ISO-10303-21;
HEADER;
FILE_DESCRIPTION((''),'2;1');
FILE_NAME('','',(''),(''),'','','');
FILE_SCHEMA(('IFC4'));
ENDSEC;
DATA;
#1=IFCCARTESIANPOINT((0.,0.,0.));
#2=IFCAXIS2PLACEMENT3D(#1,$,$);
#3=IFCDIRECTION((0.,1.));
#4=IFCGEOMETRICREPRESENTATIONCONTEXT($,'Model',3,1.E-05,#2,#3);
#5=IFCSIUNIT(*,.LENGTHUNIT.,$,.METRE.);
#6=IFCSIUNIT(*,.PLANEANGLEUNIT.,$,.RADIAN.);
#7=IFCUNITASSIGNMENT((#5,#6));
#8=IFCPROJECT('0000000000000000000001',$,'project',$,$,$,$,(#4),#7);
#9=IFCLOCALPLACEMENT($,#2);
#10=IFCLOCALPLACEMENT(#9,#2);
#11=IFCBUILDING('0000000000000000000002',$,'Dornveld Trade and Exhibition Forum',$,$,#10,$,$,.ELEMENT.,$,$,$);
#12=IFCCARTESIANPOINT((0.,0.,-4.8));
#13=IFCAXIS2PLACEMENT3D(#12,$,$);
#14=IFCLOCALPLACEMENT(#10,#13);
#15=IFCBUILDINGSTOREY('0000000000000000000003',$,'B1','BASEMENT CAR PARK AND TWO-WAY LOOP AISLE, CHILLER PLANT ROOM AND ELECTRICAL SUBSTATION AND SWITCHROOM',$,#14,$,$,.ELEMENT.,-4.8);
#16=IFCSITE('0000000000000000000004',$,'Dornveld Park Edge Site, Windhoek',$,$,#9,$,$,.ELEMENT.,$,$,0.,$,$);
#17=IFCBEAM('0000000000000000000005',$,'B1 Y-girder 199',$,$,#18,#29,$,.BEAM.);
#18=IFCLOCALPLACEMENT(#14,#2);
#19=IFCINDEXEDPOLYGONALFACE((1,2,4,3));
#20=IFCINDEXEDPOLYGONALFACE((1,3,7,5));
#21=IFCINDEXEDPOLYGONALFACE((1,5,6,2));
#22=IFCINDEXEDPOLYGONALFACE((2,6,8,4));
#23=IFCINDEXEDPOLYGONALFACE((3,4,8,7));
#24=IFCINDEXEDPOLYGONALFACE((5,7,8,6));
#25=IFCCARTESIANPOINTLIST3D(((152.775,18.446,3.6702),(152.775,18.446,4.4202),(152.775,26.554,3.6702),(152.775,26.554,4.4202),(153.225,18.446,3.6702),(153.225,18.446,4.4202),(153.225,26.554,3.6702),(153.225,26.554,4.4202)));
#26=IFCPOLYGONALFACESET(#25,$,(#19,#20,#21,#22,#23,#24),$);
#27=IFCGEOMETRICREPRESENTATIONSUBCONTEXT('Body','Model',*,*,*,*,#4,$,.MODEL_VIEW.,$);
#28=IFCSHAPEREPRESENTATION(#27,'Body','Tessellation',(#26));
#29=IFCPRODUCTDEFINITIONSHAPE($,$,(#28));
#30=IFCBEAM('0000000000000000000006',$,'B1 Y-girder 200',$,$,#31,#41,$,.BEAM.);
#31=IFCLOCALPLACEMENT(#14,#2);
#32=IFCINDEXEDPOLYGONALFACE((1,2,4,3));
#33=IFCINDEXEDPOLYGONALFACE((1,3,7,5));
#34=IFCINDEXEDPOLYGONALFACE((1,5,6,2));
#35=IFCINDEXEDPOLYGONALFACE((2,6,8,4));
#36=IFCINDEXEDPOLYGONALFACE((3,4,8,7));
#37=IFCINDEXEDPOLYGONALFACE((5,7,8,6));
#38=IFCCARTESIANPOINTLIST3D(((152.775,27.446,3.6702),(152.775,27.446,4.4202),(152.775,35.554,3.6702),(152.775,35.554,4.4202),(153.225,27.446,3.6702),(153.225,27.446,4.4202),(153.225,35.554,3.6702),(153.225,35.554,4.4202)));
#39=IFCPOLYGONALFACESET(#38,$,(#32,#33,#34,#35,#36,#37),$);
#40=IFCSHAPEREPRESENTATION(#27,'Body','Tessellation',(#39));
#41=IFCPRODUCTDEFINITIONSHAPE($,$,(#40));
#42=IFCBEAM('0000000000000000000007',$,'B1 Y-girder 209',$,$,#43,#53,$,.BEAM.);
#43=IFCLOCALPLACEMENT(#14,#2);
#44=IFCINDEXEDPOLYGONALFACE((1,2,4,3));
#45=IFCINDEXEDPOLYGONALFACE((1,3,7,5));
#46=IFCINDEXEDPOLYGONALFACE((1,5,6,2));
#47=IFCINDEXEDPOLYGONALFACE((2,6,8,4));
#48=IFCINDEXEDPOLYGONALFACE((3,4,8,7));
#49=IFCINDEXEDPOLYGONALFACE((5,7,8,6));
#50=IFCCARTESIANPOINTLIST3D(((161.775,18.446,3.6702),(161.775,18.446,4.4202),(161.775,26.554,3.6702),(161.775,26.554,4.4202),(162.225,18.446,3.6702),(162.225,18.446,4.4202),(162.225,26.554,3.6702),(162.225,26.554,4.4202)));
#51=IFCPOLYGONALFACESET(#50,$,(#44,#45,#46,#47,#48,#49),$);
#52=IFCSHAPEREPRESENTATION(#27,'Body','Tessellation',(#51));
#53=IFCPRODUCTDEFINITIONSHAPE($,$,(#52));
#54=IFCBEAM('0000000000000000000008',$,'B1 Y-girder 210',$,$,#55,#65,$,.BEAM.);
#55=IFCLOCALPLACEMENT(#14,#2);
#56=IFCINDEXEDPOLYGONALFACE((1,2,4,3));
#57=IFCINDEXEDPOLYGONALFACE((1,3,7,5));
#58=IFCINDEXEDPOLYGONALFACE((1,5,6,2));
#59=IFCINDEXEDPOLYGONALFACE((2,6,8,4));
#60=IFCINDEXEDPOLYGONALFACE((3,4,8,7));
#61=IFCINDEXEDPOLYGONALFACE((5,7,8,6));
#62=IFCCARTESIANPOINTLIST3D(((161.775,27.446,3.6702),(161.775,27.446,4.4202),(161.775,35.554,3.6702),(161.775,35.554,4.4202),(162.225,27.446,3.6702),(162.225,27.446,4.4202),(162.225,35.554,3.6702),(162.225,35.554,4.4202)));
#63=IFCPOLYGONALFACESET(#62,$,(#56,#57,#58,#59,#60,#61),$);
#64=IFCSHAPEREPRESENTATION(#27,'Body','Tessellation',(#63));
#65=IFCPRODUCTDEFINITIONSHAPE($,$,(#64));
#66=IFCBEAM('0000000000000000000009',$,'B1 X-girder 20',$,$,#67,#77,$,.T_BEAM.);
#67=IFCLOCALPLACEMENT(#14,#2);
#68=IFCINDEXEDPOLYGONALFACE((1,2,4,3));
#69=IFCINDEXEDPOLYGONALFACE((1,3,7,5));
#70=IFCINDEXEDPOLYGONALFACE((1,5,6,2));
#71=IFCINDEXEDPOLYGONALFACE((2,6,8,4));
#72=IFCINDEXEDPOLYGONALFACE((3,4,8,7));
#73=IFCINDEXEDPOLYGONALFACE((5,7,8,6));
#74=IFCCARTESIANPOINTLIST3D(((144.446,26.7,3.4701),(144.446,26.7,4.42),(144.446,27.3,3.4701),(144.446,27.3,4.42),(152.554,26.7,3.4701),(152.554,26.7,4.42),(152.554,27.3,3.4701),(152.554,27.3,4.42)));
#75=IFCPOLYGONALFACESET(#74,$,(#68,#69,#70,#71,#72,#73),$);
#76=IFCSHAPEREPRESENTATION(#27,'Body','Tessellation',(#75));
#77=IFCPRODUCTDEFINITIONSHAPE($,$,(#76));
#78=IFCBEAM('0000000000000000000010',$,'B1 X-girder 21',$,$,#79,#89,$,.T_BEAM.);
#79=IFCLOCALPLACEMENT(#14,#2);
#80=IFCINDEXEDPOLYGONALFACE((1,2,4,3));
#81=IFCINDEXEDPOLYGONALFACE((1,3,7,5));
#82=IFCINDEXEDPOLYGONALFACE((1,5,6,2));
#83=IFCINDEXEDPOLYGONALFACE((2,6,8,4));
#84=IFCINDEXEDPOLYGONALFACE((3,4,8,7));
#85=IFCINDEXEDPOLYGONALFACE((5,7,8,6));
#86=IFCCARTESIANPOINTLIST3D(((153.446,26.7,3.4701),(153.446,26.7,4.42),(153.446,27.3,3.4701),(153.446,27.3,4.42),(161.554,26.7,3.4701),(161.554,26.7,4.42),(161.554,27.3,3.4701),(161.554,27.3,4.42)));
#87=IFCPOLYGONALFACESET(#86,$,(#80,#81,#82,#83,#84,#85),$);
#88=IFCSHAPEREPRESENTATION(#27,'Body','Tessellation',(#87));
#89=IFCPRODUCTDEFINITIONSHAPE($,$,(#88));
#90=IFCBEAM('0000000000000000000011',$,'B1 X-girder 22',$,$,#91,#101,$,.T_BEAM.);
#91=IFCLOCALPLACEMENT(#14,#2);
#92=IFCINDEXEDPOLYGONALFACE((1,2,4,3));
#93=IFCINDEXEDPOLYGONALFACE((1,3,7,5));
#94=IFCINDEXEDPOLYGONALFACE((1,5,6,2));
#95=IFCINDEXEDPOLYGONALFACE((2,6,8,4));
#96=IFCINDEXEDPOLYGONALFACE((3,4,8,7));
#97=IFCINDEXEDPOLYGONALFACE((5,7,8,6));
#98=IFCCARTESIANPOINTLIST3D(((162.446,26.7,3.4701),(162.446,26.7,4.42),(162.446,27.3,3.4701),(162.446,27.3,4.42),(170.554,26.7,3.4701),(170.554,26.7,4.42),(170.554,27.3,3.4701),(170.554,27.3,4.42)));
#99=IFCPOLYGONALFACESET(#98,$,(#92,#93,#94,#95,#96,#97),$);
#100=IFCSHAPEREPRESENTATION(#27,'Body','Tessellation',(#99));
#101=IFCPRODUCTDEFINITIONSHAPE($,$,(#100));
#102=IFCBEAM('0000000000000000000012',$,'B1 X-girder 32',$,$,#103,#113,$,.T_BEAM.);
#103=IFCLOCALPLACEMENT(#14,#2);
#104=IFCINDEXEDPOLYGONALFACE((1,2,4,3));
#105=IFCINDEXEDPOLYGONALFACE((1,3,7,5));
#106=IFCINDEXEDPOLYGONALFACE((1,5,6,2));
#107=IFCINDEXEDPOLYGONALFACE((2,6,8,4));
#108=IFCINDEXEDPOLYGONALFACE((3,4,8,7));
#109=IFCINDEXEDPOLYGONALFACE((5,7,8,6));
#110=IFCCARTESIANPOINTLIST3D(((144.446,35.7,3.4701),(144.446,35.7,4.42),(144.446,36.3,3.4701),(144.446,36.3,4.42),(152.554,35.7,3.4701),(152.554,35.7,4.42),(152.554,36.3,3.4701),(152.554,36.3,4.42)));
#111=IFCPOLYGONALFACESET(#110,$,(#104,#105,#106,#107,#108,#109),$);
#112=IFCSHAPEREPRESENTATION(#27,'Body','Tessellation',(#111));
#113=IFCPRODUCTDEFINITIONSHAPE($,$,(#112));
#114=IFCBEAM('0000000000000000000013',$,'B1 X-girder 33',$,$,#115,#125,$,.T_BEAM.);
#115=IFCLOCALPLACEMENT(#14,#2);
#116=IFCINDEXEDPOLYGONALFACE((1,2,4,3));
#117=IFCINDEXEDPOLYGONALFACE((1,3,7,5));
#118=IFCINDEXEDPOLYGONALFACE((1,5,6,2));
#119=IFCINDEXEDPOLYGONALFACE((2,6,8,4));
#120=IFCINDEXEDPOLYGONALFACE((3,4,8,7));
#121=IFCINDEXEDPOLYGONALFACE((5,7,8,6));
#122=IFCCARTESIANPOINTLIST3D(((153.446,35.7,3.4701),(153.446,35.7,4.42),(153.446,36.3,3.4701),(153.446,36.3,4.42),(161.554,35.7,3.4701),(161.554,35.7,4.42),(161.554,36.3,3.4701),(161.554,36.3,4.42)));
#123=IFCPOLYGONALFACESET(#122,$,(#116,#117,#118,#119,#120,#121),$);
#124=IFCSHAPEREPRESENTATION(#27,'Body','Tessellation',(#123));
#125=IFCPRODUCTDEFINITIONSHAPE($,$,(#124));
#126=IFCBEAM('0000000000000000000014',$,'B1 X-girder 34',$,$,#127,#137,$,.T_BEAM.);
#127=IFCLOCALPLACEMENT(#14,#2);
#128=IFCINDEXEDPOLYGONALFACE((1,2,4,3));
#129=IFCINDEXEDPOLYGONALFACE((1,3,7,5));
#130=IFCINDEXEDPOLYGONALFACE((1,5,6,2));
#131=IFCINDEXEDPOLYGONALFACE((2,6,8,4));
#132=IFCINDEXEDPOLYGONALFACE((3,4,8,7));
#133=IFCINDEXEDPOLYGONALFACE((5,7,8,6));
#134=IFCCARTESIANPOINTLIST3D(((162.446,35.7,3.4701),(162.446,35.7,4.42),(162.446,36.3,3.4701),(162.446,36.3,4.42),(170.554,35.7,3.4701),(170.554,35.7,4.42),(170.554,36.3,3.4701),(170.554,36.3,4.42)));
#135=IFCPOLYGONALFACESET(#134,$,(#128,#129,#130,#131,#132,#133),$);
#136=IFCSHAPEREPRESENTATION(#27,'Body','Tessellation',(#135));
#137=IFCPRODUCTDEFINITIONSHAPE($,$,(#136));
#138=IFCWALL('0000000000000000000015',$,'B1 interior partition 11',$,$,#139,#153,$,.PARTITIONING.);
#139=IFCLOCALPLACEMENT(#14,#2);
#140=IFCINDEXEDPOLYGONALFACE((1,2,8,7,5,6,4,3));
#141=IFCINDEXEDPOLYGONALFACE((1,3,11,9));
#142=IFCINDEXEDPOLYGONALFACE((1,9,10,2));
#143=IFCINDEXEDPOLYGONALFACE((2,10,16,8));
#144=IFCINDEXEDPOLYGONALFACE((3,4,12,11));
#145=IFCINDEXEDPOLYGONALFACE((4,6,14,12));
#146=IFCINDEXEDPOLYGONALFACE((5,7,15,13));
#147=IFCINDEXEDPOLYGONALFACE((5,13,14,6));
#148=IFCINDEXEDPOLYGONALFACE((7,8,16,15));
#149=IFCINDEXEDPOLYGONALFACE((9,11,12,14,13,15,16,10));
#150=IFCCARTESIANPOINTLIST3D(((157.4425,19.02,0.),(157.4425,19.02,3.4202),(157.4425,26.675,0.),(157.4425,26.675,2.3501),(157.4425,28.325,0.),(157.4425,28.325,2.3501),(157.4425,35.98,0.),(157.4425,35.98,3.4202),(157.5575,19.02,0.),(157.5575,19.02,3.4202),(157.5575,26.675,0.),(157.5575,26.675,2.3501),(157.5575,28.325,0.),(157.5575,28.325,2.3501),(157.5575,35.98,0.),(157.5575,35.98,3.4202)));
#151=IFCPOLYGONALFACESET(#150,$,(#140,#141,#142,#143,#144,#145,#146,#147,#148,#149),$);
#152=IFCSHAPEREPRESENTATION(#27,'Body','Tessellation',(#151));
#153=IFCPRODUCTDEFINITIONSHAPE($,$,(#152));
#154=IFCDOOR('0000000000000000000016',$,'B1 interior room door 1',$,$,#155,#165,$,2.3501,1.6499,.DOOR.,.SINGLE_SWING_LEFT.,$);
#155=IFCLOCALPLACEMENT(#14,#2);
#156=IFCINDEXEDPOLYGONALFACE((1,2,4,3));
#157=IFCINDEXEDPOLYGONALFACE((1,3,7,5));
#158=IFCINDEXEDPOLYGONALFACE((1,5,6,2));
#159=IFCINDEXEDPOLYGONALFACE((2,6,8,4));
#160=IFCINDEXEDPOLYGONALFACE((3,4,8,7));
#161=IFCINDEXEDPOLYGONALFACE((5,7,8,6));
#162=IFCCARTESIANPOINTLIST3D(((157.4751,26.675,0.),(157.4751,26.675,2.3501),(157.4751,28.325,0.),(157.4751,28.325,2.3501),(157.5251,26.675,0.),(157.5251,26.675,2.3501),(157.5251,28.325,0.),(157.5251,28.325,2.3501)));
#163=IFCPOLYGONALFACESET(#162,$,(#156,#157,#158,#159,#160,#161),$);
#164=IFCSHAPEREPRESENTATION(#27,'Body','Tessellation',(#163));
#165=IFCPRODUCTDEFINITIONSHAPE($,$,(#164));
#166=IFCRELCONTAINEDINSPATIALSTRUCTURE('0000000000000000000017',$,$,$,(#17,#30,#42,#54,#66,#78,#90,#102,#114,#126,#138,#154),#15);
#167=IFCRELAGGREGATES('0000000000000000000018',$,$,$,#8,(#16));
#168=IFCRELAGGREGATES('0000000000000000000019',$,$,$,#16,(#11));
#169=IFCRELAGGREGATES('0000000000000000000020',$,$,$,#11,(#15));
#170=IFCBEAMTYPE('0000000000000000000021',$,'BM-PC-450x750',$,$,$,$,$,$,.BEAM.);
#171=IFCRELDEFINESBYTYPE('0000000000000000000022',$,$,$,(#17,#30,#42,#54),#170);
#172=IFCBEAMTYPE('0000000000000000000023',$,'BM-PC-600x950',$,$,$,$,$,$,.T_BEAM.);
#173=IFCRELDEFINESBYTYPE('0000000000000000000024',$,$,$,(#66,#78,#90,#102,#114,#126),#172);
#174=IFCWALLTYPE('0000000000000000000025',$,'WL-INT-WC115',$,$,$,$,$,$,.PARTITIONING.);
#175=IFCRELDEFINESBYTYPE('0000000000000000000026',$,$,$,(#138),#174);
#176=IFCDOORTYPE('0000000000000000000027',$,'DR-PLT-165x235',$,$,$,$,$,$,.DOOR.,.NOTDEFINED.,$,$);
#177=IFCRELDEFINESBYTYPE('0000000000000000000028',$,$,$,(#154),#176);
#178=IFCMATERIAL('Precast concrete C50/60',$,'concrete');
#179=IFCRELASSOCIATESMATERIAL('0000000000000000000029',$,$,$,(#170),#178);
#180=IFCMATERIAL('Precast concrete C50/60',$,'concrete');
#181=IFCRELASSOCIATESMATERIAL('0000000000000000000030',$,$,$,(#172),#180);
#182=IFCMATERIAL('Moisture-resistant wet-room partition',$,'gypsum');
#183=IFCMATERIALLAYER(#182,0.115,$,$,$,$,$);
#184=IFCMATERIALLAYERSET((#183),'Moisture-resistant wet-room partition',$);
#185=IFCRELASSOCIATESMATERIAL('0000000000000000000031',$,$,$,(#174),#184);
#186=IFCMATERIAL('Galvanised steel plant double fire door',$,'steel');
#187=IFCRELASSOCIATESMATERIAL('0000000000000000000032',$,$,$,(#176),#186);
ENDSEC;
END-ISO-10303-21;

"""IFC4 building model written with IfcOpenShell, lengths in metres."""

from ifc_helpers import new_model, si_unit, direction, frame, frame_2d, origin, origin_2d, place, context, subcontext, project, spatial, rectangle, extrude, material, layer, layer_set, material_profile, profile_set, type_object, element, fill, save


model = new_model("IFC4")

# Units and contexts
model_context = context("Model", 3, precision=1e-05, world=origin(), true_north=direction((0.0, 1.0)))
body_context = subcontext(model_context, "Body", "Model", "MODEL_VIEW")
ifc_project = project(units=[si_unit("LENGTHUNIT", "METRE"), si_unit("PLANEANGLEUNIT", "RADIAN")], contexts=[model_context])

# Site, building, storey
site_placement = place(None, origin())
site = spatial("IfcSite", under=ifc_project, at=site_placement, Name="Dornveld Park Edge Site, Windhoek", CompositionType="ELEMENT", RefElevation=0.0)
building_placement = place(site_placement, origin())
building = spatial("IfcBuilding", under=site, at=building_placement, Name="Dornveld Trade and Exhibition Forum", CompositionType="ELEMENT")
storey_placement = place(building_placement, frame((0.0, 0.0, -4.8)))
storey = spatial("IfcBuildingStorey", under=building, at=storey_placement, Name="B1", Description="BASEMENT CAR PARK AND TWO-WAY LOOP AISLE, CHILLER PLANT ROOM AND ELECTRICAL SUBSTATION AND SWITCHROOM", CompositionType="ELEMENT", Elevation=-4.8)

# Beams
ifc_material_1 = material(Name="Precast concrete C50/60", Category="concrete")
ifc_material_profile_1 = material_profile(ifc_material_1, rectangle(XDim=0.45, YDim=0.75, at=origin_2d()), Name="PC-BM 450x750")
ifc_profile_set_1 = profile_set([ifc_material_profile_1], Name="Precast concrete C50/60")
beam_type_1 = type_object("IfcBeamType", Name="BM-PC-450x750", PredefinedType="BEAM", material=ifc_profile_set_1)
for number, where, z_axis, x_axis, name in (
    (1, (153.0, 18.446, 4.0452), (0.0, 1.0, 0.0), (-1.0, 0.0, 0.0), "B1 Y-girder 199"),
    (2, (153.0, 27.446, 4.0452), (0.0, 1.0, 0.0), (-1.0, 0.0, 0.0), "B1 Y-girder 200"),
    (3, (162.0, 18.446, 4.0452), (0.0, 1.0, 0.0), (-1.0, 0.0, 0.0), "B1 Y-girder 209"),
    (4, (162.0, 27.446, 4.0452), (0.0, 1.0, 0.0), (-1.0, 0.0, 0.0), "B1 Y-girder 210"),
):
    element("IfcBeam", number, at=place(storey_placement, frame(where, z_axis=z_axis, x_axis=x_axis)), inside=storey, type_object=beam_type_1, Name=name, PredefinedType="BEAM", context=body_context, shape_type="SweptSolid", body=[
        extrude(rectangle(XDim=0.45, YDim=0.75, at=origin_2d()), origin(), (0.0, 0.0, 1.0), 8.1079),
    ])
ifc_material_2 = material(Name="Precast concrete C50/60", Category="concrete")
ifc_material_profile_2 = material_profile(ifc_material_2, rectangle(XDim=0.6001, YDim=0.95, at=origin_2d()), Name="PC-GIR 600x950")
ifc_profile_set_2 = profile_set([ifc_material_profile_2], Name="Precast concrete C50/60")
beam_type_2 = type_object("IfcBeamType", Name="BM-PC-600x950", PredefinedType="T_BEAM", material=ifc_profile_set_2)
for number, where, z_axis, x_axis, name in (
    (5, (144.446, 27.0, 3.9451), (1.0, 0.0, 0.0), (0.0, 1.0, 0.0), "B1 X-girder 20"),
    (6, (153.446, 27.0, 3.9451), (1.0, 0.0, 0.0), (0.0, 1.0, 0.0), "B1 X-girder 21"),
    (7, (162.446, 27.0, 3.9451), (1.0, 0.0, 0.0), (0.0, 1.0, 0.0), "B1 X-girder 22"),
    (8, (144.446, 36.0, 3.9451), (1.0, 0.0, 0.0), (0.0, 1.0, 0.0), "B1 X-girder 32"),
    (9, (153.446, 36.0, 3.9451), (1.0, 0.0, 0.0), (0.0, 1.0, 0.0), "B1 X-girder 33"),
    (10, (162.446, 36.0, 3.9451), (1.0, 0.0, 0.0), (0.0, 1.0, 0.0), "B1 X-girder 34"),
):
    element("IfcBeam", number, at=place(storey_placement, frame(where, z_axis=z_axis, x_axis=x_axis)), inside=storey, type_object=beam_type_2, Name=name, PredefinedType="T_BEAM", context=body_context, shape_type="SweptSolid", body=[
        extrude(rectangle(XDim=0.6001, YDim=0.95, at=origin_2d()), origin(), (0.0, 0.0, 1.0), 8.1079),
    ])

# Wall, opening, door
ifc_material_3 = material(Name="Moisture-resistant wet-room partition", Category="gypsum")
ifc_layer = layer(ifc_material_3, 0.115)
ifc_layer_set = layer_set([ifc_layer], Name="Moisture-resistant wet-room partition")
wall_type = type_object("IfcWallType", Name="WL-INT-WC115", PredefinedType="PARTITIONING", material=ifc_layer_set)
wall_placement = place(storey_placement, frame((157.5, 19.02, 0.0), z_axis=(0.0, 0.0, 1.0), x_axis=(0.0, 1.0, 0.0)))
wall = element("IfcWall", 11, at=wall_placement, inside=storey, type_object=wall_type, Name="B1 interior partition 11", PredefinedType="PARTITIONING", context=body_context, shape_type="SweptSolid", body=[
    extrude(rectangle(XDim=16.96, YDim=0.115, at=frame_2d((8.48, 0.0))), origin(), (0.0, 0.0, 1.0), 3.4202),
])
opening_placement = place(wall_placement, frame((7.655, 0.0, 0.0)))
opening = element("IfcOpeningElement", 12, at=opening_placement, cuts=wall, PredefinedType="OPENING", context=body_context, shape_type="SweptSolid", body=[
    extrude(rectangle(XDim=1.6499, YDim=2.3501, at=frame_2d((0.825, 1.175))), frame((0.0, 0.0674, 0.0), z_axis=(0.0, -1.0, 0.0), x_axis=(1.0, 0.0, 0.0)), (0.0, 0.0, 1.0), 0.135),
])
ifc_material_4 = material(Name="Galvanised steel plant double fire door", Category="steel")
door_type = type_object("IfcDoorType", Name="DR-PLT-165x235", OperationType="NOTDEFINED", PredefinedType="DOOR", material=ifc_material_4)
door_placement = place(opening_placement, origin())
door = element("IfcDoor", 13, at=door_placement, inside=storey, type_object=door_type, Name="B1 interior room door 1", OperationType="SINGLE_SWING_LEFT", OverallHeight=2.3501, OverallWidth=1.6499, PredefinedType="DOOR", context=body_context, shape_type="SweptSolid", body=[
    extrude(rectangle(XDim=1.6499, YDim=2.3501, at=frame_2d((0.825, 1.175))), frame((0.0, 0.0249, 0.0), z_axis=(0.0, -1.0, 0.0), x_axis=(1.0, 0.0, 0.0)), (0.0, 0.0, 1.0), 0.05),
])
fill(opening, door)

save(model, "model.ifc")
